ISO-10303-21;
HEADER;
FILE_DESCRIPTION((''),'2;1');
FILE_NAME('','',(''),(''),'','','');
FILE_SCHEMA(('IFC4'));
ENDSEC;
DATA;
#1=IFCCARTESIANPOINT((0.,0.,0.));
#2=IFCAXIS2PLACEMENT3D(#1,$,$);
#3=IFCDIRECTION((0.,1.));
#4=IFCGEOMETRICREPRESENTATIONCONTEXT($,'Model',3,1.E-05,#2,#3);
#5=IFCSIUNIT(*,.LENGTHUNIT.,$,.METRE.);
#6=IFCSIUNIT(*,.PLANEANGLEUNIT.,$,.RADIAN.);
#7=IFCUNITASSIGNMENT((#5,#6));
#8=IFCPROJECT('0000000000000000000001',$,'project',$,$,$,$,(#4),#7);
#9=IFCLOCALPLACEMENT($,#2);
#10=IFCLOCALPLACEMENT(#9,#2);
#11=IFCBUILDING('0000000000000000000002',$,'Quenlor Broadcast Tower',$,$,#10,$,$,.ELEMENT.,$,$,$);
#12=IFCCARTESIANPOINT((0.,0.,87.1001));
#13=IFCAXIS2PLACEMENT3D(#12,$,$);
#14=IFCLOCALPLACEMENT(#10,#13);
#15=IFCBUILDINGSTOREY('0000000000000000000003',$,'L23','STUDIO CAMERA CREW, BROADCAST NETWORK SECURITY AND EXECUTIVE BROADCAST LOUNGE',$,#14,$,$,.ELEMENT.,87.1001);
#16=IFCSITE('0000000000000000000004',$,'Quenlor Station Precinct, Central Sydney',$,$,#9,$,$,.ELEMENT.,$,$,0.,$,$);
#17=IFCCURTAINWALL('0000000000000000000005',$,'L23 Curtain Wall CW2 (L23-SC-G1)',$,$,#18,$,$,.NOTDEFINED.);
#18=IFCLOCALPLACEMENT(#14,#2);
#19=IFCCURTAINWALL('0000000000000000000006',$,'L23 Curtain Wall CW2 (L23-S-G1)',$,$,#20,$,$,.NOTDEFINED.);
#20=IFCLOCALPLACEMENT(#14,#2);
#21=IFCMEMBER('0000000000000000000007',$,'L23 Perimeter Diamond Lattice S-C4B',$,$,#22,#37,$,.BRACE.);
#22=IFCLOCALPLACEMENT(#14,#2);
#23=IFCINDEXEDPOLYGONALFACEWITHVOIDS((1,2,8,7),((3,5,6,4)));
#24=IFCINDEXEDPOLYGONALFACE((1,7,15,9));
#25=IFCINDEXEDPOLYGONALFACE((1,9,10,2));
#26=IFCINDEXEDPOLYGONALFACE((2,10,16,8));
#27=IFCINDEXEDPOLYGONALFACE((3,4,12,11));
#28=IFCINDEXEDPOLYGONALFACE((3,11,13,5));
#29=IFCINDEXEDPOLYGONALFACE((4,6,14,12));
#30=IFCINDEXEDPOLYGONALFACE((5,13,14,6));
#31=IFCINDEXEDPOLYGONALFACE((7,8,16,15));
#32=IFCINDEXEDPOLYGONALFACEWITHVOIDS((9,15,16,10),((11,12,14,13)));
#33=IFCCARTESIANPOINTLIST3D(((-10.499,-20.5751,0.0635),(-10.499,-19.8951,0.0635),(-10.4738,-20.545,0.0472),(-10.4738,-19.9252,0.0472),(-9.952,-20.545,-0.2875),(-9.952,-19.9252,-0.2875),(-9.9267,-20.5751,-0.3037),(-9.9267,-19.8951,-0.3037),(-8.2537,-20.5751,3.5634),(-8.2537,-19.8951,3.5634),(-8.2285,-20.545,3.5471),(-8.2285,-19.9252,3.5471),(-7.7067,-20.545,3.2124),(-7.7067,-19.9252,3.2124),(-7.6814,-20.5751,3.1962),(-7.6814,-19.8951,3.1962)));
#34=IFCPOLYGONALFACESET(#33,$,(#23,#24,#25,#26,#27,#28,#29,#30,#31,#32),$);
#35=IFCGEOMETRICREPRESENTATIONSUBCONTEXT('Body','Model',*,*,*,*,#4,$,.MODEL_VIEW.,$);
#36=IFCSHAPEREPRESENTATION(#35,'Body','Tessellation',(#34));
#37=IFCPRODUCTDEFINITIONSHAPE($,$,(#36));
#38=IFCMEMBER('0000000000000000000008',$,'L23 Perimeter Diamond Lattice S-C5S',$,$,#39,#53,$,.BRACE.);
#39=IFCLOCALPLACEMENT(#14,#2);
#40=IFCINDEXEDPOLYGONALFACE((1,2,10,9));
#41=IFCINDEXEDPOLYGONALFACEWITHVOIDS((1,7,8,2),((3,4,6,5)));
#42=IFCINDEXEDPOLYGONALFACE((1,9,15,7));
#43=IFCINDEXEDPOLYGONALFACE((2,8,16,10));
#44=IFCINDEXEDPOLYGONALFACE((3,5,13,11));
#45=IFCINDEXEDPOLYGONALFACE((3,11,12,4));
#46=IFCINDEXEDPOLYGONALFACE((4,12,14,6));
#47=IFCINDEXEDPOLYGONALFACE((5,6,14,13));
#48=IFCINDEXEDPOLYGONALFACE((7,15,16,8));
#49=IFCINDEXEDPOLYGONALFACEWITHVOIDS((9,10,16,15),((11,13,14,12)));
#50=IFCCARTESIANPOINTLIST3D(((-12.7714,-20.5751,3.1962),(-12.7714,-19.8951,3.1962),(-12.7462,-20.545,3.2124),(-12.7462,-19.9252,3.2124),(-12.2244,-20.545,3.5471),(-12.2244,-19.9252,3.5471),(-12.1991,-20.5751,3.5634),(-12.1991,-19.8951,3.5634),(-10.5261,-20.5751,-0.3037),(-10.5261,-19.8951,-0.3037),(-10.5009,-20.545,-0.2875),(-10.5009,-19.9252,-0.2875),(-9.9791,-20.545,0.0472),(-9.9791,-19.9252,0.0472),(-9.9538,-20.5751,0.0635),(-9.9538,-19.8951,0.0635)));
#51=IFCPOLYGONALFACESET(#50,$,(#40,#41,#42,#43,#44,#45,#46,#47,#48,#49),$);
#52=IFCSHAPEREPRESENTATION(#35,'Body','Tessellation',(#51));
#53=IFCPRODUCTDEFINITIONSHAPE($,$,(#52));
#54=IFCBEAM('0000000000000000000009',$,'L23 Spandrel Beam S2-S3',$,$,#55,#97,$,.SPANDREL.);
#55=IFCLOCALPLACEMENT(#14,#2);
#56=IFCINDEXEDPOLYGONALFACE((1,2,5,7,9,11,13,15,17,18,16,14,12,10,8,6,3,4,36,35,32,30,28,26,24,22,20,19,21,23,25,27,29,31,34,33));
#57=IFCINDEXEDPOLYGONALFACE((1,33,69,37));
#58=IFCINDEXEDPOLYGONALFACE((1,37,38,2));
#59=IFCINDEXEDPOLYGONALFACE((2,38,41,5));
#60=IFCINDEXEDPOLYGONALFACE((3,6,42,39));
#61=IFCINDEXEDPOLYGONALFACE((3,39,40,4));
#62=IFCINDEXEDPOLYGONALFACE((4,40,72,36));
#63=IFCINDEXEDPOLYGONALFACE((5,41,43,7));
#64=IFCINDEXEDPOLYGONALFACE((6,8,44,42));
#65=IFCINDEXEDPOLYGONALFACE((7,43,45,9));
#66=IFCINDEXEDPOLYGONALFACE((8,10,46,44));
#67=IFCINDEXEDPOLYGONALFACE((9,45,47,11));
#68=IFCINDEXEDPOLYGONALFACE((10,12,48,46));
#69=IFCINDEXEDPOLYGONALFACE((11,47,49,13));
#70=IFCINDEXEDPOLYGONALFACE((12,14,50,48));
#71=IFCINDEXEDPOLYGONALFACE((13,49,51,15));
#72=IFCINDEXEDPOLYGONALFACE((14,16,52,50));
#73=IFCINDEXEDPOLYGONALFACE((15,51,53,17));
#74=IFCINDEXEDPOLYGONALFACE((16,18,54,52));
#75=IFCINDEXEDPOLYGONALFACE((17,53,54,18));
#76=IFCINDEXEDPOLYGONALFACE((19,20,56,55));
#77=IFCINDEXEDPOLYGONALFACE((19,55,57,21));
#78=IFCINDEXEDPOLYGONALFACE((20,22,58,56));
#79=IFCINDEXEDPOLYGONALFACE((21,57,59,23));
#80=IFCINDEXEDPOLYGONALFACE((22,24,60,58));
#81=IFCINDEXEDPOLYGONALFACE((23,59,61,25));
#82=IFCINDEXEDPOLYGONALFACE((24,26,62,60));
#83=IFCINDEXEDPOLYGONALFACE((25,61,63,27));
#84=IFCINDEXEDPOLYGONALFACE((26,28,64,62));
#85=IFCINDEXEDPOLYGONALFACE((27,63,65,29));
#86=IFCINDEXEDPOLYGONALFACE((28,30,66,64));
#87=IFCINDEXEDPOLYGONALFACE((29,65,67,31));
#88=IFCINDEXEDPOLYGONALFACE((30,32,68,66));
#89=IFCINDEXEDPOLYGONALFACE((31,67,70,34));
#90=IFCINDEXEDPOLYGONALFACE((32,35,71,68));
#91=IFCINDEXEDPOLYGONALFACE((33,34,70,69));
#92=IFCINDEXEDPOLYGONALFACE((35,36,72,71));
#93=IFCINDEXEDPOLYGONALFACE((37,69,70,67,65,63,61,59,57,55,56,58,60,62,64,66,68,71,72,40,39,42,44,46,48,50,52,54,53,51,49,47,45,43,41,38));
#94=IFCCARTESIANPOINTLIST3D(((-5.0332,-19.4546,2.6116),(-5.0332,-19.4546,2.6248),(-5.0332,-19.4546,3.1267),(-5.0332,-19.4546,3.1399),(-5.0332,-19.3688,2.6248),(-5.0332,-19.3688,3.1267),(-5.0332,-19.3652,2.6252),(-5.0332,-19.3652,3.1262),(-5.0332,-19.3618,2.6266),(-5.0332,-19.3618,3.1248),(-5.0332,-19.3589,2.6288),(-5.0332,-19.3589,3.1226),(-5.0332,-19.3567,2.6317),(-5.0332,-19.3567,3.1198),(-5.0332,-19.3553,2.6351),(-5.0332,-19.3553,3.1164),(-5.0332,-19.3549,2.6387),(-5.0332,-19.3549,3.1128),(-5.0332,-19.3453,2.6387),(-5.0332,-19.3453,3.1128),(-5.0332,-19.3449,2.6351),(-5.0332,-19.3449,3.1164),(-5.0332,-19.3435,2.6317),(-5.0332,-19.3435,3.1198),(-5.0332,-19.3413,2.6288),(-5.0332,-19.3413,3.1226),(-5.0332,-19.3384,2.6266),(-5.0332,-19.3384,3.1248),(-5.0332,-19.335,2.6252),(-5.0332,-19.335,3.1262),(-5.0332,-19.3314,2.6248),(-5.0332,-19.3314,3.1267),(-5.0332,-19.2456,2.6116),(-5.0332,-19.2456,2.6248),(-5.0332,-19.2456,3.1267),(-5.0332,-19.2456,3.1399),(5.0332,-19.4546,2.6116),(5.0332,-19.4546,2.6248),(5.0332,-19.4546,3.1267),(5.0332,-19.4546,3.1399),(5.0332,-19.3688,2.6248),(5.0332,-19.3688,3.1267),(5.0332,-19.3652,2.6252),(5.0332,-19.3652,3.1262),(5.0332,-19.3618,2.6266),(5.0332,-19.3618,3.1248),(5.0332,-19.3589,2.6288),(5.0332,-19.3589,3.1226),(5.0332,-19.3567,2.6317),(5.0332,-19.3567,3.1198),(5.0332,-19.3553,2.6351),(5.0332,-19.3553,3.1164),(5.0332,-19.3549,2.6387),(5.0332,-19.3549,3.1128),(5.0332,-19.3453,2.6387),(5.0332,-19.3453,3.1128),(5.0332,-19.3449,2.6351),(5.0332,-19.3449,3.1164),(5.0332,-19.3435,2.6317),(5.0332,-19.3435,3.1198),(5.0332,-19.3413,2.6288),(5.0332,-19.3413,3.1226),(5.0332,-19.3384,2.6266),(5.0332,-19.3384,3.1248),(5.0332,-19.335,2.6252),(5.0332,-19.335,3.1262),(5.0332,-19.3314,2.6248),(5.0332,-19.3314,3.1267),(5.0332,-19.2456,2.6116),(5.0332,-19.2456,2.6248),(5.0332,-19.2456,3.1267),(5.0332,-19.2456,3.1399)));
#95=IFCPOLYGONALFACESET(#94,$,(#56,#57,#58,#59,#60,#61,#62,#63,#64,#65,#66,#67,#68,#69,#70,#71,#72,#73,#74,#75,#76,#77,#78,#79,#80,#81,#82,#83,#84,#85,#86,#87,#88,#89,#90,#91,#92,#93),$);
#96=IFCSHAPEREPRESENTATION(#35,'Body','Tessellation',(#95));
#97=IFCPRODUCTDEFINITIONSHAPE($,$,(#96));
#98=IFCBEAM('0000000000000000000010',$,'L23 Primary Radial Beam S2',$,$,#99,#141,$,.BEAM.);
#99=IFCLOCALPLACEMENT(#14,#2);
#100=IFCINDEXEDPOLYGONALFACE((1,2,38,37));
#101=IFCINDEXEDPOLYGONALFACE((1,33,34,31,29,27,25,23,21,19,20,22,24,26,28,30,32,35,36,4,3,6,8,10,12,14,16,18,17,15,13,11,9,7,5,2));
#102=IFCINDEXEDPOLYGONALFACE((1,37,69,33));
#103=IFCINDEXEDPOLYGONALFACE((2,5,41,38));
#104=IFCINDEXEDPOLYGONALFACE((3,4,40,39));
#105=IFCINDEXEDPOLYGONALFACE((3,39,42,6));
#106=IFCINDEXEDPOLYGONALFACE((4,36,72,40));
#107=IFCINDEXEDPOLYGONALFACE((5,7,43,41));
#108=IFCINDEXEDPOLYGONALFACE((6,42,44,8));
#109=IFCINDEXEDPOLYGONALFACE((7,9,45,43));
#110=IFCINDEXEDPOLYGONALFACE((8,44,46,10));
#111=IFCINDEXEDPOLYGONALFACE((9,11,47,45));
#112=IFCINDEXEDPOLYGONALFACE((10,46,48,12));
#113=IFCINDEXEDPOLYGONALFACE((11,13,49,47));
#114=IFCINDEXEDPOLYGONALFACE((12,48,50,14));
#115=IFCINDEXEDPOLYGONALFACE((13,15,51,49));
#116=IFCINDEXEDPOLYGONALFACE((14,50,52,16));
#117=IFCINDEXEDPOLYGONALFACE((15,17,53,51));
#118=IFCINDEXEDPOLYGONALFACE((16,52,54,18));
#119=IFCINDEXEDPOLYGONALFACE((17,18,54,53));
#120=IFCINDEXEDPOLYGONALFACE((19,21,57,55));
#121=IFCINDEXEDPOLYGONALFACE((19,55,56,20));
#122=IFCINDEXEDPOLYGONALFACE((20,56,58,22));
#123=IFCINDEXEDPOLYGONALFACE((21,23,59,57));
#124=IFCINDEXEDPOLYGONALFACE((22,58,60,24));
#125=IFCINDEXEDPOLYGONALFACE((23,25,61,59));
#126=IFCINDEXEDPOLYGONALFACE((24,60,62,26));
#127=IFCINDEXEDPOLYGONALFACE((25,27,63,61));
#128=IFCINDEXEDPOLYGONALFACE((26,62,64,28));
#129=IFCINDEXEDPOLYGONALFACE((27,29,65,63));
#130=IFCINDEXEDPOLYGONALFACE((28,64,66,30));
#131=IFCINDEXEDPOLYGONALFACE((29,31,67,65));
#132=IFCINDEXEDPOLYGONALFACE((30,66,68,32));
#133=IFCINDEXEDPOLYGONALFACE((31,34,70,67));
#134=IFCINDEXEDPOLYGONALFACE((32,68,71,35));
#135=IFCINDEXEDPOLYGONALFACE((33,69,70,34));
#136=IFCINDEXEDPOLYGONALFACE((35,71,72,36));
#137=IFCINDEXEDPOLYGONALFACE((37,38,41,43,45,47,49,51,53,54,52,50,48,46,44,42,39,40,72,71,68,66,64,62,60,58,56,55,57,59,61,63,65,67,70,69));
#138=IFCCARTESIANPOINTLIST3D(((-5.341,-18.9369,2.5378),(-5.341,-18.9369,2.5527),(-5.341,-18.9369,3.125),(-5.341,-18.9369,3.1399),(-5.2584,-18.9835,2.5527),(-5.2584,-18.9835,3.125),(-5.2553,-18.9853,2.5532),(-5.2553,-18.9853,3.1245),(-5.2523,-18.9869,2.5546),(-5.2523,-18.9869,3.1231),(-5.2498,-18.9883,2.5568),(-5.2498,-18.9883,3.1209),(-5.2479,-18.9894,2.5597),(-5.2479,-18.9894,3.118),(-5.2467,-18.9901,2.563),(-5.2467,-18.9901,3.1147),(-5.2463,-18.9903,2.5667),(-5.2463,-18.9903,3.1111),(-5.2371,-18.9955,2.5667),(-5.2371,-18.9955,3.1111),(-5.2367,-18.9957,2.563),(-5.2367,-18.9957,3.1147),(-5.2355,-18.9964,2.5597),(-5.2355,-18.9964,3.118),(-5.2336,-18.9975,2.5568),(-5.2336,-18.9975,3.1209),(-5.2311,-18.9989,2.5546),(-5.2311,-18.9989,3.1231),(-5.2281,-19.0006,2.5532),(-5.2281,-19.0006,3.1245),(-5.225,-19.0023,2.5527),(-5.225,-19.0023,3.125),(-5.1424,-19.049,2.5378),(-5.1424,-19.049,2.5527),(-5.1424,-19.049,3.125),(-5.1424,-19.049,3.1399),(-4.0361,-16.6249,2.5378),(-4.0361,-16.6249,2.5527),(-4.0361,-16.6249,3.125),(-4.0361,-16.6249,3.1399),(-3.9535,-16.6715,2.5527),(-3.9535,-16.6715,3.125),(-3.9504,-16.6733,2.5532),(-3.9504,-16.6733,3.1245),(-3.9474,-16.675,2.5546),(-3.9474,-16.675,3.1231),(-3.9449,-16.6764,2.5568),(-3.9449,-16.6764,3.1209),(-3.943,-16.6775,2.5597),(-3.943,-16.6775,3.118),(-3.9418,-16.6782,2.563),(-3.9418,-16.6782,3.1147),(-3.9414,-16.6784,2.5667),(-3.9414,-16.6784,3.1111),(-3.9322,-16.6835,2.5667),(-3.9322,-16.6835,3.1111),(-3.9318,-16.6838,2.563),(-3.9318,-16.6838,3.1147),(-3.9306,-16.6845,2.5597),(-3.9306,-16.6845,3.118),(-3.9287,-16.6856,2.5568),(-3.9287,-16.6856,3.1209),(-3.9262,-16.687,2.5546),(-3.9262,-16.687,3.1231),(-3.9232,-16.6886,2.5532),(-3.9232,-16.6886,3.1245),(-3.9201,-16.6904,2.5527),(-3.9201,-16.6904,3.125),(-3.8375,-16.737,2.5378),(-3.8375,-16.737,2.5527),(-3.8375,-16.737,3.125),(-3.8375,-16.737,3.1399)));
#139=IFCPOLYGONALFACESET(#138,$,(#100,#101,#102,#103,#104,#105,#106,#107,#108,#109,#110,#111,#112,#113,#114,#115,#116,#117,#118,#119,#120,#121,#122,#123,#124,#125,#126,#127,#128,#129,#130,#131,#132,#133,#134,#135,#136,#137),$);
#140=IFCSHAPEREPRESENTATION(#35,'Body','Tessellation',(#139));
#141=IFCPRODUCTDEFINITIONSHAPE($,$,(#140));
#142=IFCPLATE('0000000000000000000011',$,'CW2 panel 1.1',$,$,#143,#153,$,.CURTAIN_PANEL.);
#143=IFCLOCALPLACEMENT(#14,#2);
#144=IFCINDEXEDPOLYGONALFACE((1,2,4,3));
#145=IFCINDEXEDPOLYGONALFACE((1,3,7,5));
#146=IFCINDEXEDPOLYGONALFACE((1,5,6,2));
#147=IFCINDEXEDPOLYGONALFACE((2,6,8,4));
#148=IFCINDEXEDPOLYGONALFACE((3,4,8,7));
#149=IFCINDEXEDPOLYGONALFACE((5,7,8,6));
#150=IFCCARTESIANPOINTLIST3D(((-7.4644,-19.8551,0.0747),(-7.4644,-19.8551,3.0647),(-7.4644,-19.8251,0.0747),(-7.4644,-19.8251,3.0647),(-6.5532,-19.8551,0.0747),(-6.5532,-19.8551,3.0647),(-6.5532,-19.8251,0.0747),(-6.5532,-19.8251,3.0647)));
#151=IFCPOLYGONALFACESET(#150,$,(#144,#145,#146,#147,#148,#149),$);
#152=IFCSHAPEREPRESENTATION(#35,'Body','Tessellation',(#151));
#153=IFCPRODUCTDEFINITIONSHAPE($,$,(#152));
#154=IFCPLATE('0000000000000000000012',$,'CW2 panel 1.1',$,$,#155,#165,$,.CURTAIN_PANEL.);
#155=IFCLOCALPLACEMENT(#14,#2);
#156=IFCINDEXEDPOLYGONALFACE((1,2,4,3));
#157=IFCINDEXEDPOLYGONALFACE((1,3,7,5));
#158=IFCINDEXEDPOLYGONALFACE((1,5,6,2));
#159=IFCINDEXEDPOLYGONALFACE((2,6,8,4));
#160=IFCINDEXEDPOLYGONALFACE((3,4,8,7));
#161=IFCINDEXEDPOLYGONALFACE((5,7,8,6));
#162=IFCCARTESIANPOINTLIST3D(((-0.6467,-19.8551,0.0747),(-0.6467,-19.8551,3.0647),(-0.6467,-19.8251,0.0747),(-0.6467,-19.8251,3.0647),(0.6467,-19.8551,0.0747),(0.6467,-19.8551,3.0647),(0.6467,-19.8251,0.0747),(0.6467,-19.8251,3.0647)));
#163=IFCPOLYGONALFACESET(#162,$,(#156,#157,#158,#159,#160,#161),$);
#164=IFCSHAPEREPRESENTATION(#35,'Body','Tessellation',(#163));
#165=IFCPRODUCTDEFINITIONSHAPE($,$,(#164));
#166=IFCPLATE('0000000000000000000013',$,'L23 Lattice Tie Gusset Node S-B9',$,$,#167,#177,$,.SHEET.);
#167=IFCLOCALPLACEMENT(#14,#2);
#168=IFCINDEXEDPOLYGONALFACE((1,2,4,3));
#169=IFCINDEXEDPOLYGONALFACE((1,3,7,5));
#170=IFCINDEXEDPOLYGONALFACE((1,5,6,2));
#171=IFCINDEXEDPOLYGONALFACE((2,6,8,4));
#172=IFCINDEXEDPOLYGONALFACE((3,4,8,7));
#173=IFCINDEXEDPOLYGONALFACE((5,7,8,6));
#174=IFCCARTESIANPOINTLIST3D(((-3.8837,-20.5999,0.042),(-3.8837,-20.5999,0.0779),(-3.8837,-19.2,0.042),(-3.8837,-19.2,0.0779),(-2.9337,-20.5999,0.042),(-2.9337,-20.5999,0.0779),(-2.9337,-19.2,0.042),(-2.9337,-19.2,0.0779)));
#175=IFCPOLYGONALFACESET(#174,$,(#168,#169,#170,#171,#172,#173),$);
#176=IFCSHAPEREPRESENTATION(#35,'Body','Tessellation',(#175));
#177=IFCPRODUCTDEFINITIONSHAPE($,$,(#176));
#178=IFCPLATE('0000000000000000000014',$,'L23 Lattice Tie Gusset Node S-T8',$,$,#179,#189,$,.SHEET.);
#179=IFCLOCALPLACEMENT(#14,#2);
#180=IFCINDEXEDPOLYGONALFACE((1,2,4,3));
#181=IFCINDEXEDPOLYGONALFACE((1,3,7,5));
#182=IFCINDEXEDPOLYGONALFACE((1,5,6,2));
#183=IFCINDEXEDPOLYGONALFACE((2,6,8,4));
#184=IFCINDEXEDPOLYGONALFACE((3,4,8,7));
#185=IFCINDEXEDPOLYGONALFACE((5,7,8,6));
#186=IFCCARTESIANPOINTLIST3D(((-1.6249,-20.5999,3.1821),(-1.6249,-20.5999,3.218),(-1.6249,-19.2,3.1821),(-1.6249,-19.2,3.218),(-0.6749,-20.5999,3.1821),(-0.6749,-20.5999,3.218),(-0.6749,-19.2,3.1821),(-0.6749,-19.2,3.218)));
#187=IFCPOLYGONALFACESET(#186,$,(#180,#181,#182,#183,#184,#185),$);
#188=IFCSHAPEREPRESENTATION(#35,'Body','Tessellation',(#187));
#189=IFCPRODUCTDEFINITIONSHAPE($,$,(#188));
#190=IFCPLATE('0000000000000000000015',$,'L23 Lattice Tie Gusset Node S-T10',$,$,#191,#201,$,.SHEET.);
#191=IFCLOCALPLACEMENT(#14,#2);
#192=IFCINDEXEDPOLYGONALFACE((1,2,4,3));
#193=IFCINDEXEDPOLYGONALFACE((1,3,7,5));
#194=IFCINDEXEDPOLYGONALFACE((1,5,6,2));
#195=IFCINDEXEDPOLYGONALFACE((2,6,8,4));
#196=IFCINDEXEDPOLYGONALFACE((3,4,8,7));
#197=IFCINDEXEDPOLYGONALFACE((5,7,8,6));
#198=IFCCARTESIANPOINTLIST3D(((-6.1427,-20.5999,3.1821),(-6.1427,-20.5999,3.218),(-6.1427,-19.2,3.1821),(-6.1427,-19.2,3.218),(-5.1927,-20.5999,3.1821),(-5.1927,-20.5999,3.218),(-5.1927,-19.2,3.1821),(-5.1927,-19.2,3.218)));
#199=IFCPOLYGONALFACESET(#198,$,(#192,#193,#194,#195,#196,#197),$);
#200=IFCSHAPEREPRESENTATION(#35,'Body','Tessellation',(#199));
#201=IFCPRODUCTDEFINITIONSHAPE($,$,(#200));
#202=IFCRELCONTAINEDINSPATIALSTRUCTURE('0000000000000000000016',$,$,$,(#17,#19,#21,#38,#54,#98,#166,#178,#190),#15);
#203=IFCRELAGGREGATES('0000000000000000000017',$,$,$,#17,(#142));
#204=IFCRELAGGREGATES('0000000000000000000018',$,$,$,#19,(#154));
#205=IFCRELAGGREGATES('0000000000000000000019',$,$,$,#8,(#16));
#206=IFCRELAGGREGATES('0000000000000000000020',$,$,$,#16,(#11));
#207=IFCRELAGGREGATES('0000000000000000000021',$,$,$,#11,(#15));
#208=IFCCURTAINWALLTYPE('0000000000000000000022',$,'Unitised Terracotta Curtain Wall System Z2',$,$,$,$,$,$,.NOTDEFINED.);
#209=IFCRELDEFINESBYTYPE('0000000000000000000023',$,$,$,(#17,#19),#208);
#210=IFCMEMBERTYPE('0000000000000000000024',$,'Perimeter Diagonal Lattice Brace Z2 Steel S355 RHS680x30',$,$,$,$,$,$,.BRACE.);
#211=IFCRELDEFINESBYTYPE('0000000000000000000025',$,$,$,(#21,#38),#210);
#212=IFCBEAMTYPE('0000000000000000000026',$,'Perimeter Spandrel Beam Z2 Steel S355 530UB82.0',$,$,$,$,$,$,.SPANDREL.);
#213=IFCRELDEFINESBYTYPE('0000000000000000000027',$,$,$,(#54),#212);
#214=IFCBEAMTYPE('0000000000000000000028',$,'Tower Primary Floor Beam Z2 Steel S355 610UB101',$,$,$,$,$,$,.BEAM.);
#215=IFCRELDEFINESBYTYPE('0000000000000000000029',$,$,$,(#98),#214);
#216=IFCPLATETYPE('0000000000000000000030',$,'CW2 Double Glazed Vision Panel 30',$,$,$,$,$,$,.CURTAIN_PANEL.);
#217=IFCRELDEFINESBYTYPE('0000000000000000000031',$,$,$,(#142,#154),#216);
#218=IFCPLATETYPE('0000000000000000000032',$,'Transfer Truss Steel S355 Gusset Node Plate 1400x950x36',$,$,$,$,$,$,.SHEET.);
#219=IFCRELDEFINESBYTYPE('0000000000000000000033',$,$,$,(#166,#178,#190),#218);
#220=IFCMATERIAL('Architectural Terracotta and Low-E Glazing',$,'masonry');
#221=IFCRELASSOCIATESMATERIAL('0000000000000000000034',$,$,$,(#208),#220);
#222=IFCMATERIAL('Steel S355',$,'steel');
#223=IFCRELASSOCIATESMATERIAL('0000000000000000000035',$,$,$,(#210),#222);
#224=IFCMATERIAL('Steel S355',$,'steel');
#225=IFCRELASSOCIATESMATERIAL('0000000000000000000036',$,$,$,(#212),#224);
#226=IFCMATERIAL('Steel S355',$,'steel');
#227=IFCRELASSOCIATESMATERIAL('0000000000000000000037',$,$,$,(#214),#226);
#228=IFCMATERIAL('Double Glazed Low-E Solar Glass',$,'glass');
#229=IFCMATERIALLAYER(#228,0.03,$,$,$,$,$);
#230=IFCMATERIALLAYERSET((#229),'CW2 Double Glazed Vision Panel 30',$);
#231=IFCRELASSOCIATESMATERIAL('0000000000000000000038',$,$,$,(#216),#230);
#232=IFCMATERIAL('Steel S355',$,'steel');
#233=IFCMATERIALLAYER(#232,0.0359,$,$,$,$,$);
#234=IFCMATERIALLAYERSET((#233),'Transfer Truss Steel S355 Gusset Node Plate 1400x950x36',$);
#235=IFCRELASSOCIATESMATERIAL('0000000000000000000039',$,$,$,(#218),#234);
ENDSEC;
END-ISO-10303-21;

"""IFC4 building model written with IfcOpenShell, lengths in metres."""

from ifc_helpers import new_model, si_unit, direction, frame, origin, origin_2d, place, context, subcontext, project, spatial, rectangle, hollow_rectangle, i_section, extrude, material, layer, layer_set, material_profile, profile_set, type_object, element, aggregate, save


model = new_model("IFC4")

# Units and contexts
model_context = context("Model", 3, precision=1e-05, world=origin(), true_north=direction((0.0, 1.0)))
body_context = subcontext(model_context, "Body", "Model", "MODEL_VIEW")
ifc_project = project(units=[si_unit("LENGTHUNIT", "METRE"), si_unit("PLANEANGLEUNIT", "RADIAN")], contexts=[model_context])

# Site, building, storey
site_placement = place(None, origin())
site = spatial("IfcSite", under=ifc_project, at=site_placement, Name="Quenlor Station Precinct, Central Sydney", CompositionType="ELEMENT", RefElevation=0.0)
building_placement = place(site_placement, origin())
building = spatial("IfcBuilding", under=site, at=building_placement, Name="Quenlor Broadcast Tower", CompositionType="ELEMENT")
storey_placement = place(building_placement, frame((0.0, 0.0, 87.1001)))
storey = spatial("IfcBuildingStorey", under=building, at=storey_placement, Name="L23", Description="STUDIO CAMERA CREW, BROADCAST NETWORK SECURITY AND EXECUTIVE BROADCAST LOUNGE", CompositionType="ELEMENT", Elevation=87.1001)

# Curtain wall
ifc_material_1 = material(Name="Architectural Terracotta and Low-E Glazing", Category="masonry")
curtain_wall_type = type_object("IfcCurtainWallType", Name="Unitised Terracotta Curtain Wall System Z2", PredefinedType="NOTDEFINED", material=ifc_material_1)
curtain_wall_1_placement = place(storey_placement, origin())
curtain_wall_1 = element("IfcCurtainWall", 1, at=curtain_wall_1_placement, inside=storey, type_object=curtain_wall_type, Name="L23 Curtain Wall CW2 (L23-SC-G1)", PredefinedType="NOTDEFINED")

# Curtain wall
curtain_wall_2_placement = place(storey_placement, origin())
curtain_wall_2 = element("IfcCurtainWall", 2, at=curtain_wall_2_placement, inside=storey, type_object=curtain_wall_type, Name="L23 Curtain Wall CW2 (L23-S-G1)", PredefinedType="NOTDEFINED")

# Members
ifc_material_2 = material(Name="Steel S355", Category="steel")
ifc_material_profile_1 = material_profile(ifc_material_2, hollow_rectangle(XDim=0.6799, YDim=0.6799, WallThickness=0.03, at=origin_2d()))
ifc_profile_set_1 = profile_set([ifc_material_profile_1], Name="Steel S355 RHS680x680x30")
member_type_1 = type_object("IfcMemberType", Name="Perimeter Diagonal Lattice Brace Z2 Steel S355 RHS680x30", PredefinedType="BRACE", material=ifc_profile_set_1)
for number, where, z_axis, x_axis, name in (
    (3, (-10.2129, -20.2351, -0.1201), (0.539968, 0.0, 0.841686), (0.0, 1.0, 0.0), "L23 Perimeter Diamond Lattice S-C4B"),
    (4, (-10.24, -20.2351, -0.1201), (-0.539968, 0.0, 0.841686), (0.0, -1.0, 0.0), "L23 Perimeter Diamond Lattice S-C5S"),
):
    element("IfcMember", number, at=place(storey_placement, frame(where, z_axis=z_axis, x_axis=x_axis)), inside=storey, type_object=member_type_1, Name=name, PredefinedType="BRACE", context=body_context, shape_type="SweptSolid", body=[
        extrude(hollow_rectangle(XDim=0.6799, YDim=0.6799, WallThickness=0.03, at=origin_2d()), origin(), (0.0, 0.0, 1.0), 4.1582),
    ])

# Beams
ifc_material_3 = material(Name="Steel S355", Category="steel")
ifc_material_profile_2 = material_profile(ifc_material_3, i_section(OverallWidth=0.209, OverallDepth=0.5283, WebThickness=0.0095, FlangeThickness=0.0132, FilletRadius=0.0139, at=origin_2d()))
ifc_profile_set_2 = profile_set([ifc_material_profile_2], Name="Steel S355 530UB82.0")
beam_type_1 = type_object("IfcBeamType", Name="Perimeter Spandrel Beam Z2 Steel S355 530UB82.0", PredefinedType="SPANDREL", material=ifc_profile_set_2)
beam_1_placement = place(storey_placement, frame((-5.0332, -19.3501, 2.8757), z_axis=(1.0, 0.0, 0.0), x_axis=(0.0, 1.0, 0.0)))
element("IfcBeam", 5, at=beam_1_placement, inside=storey, type_object=beam_type_1, Name="L23 Spandrel Beam S2-S3", PredefinedType="SPANDREL", context=body_context, shape_type="SweptSolid", body=[
    extrude(i_section(OverallWidth=0.209, OverallDepth=0.5283, WebThickness=0.0095, FlangeThickness=0.0132, FilletRadius=0.0139, at=origin_2d()), origin(), (0.0, 0.0, 1.0), 10.0664),
])
ifc_material_4 = material(Name="Steel S355", Category="steel")
ifc_material_profile_3 = material_profile(ifc_material_4, i_section(OverallWidth=0.228, OverallDepth=0.6021, WebThickness=0.0105, FlangeThickness=0.0149, FilletRadius=0.0139, at=origin_2d()))
ifc_profile_set_3 = profile_set([ifc_material_profile_3], Name="Steel S355 610UB101")
beam_type_2 = type_object("IfcBeamType", Name="Tower Primary Floor Beam Z2 Steel S355 610UB101", PredefinedType="BEAM", material=ifc_profile_set_3)
beam_2_placement = place(storey_placement, frame((-5.2417, -18.9929, 2.8389), z_axis=(0.491527, 0.870862, 0.0), x_axis=(-0.870862, 0.491527, 0.0)))
element("IfcBeam", 6, at=beam_2_placement, inside=storey, type_object=beam_type_2, Name="L23 Primary Radial Beam S2", PredefinedType="BEAM", context=body_context, shape_type="SweptSolid", body=[
    extrude(i_section(OverallWidth=0.228, OverallDepth=0.6021, WebThickness=0.0105, FlangeThickness=0.0149, FilletRadius=0.0139, at=origin_2d()), origin(), (0.0, 0.0, 1.0), 2.6548),
])

# Plates
ifc_material_5 = material(Name="Double Glazed Low-E Solar Glass", Category="glass")
ifc_layer_1 = layer(ifc_material_5, 0.03)
ifc_layer_set_1 = layer_set([ifc_layer_1], Name="CW2 Double Glazed Vision Panel 30")
plate_type_1 = type_object("IfcPlateType", Name="CW2 Double Glazed Vision Panel 30", PredefinedType="CURTAIN_PANEL", material=ifc_layer_set_1)
plate_1_placement = place(storey_placement, frame((-7.0088, -19.8401, 0.0747), z_axis=(0.0, 0.0, 1.0), x_axis=(-1.0, 0.0, 0.0)))
plate_1 = element("IfcPlate", 7, at=plate_1_placement, type_object=plate_type_1, Name="CW2 panel 1.1", PredefinedType="CURTAIN_PANEL", context=body_context, shape_type="SweptSolid", body=[
    extrude(rectangle(XDim=0.9111, YDim=0.03, at=origin_2d()), origin(), (0.0, 0.0, 1.0), 2.99),
])
aggregate(curtain_wall_1, [plate_1])
plate_2_placement = place(storey_placement, frame((0.0, -19.8401, 0.0747), z_axis=(0.0, 0.0, 1.0), x_axis=(-1.0, 0.0, 0.0)))
plate_2 = element("IfcPlate", 8, at=plate_2_placement, type_object=plate_type_1, Name="CW2 panel 1.1", PredefinedType="CURTAIN_PANEL", context=body_context, shape_type="SweptSolid", body=[
    extrude(rectangle(XDim=1.2935, YDim=0.03, at=origin_2d()), origin(), (0.0, 0.0, 1.0), 2.99),
])
aggregate(curtain_wall_2, [plate_2])

# Plates
ifc_material_6 = material(Name="Steel S355", Category="steel")
ifc_layer_2 = layer(ifc_material_6, 0.0359)
ifc_layer_set_2 = layer_set([ifc_layer_2], Name="Transfer Truss Steel S355 Gusset Node Plate 1400x950x36")
plate_type_2 = type_object("IfcPlateType", Name="Transfer Truss Steel S355 Gusset Node Plate 1400x950x36", PredefinedType="SHEET", material=ifc_layer_set_2)
for number, where, z_axis, x_axis, name in (
    (9, (-3.4087, -19.8999, 0.042), (0.0, 0.0, 1.0), (0.0, -1.0, 0.0), "L23 Lattice Tie Gusset Node S-B9"),
    (10, (-1.1499, -19.8999, 3.1821), (0.0, 0.0, 1.0), (0.0, -1.0, 0.0), "L23 Lattice Tie Gusset Node S-T8"),
    (11, (-5.6677, -19.8999, 3.1821), (0.0, 0.0, 1.0), (0.0, -1.0, 0.0), "L23 Lattice Tie Gusset Node S-T10"),
):
    element("IfcPlate", number, at=place(storey_placement, frame(where, z_axis=z_axis, x_axis=x_axis)), inside=storey, type_object=plate_type_2, Name=name, PredefinedType="SHEET", context=body_context, shape_type="SweptSolid", body=[
        extrude(rectangle(XDim=1.3999, YDim=0.95, at=origin_2d()), origin(), (0.0, 0.0, 1.0), 0.0359),
    ])

save(model, "model.ifc")
